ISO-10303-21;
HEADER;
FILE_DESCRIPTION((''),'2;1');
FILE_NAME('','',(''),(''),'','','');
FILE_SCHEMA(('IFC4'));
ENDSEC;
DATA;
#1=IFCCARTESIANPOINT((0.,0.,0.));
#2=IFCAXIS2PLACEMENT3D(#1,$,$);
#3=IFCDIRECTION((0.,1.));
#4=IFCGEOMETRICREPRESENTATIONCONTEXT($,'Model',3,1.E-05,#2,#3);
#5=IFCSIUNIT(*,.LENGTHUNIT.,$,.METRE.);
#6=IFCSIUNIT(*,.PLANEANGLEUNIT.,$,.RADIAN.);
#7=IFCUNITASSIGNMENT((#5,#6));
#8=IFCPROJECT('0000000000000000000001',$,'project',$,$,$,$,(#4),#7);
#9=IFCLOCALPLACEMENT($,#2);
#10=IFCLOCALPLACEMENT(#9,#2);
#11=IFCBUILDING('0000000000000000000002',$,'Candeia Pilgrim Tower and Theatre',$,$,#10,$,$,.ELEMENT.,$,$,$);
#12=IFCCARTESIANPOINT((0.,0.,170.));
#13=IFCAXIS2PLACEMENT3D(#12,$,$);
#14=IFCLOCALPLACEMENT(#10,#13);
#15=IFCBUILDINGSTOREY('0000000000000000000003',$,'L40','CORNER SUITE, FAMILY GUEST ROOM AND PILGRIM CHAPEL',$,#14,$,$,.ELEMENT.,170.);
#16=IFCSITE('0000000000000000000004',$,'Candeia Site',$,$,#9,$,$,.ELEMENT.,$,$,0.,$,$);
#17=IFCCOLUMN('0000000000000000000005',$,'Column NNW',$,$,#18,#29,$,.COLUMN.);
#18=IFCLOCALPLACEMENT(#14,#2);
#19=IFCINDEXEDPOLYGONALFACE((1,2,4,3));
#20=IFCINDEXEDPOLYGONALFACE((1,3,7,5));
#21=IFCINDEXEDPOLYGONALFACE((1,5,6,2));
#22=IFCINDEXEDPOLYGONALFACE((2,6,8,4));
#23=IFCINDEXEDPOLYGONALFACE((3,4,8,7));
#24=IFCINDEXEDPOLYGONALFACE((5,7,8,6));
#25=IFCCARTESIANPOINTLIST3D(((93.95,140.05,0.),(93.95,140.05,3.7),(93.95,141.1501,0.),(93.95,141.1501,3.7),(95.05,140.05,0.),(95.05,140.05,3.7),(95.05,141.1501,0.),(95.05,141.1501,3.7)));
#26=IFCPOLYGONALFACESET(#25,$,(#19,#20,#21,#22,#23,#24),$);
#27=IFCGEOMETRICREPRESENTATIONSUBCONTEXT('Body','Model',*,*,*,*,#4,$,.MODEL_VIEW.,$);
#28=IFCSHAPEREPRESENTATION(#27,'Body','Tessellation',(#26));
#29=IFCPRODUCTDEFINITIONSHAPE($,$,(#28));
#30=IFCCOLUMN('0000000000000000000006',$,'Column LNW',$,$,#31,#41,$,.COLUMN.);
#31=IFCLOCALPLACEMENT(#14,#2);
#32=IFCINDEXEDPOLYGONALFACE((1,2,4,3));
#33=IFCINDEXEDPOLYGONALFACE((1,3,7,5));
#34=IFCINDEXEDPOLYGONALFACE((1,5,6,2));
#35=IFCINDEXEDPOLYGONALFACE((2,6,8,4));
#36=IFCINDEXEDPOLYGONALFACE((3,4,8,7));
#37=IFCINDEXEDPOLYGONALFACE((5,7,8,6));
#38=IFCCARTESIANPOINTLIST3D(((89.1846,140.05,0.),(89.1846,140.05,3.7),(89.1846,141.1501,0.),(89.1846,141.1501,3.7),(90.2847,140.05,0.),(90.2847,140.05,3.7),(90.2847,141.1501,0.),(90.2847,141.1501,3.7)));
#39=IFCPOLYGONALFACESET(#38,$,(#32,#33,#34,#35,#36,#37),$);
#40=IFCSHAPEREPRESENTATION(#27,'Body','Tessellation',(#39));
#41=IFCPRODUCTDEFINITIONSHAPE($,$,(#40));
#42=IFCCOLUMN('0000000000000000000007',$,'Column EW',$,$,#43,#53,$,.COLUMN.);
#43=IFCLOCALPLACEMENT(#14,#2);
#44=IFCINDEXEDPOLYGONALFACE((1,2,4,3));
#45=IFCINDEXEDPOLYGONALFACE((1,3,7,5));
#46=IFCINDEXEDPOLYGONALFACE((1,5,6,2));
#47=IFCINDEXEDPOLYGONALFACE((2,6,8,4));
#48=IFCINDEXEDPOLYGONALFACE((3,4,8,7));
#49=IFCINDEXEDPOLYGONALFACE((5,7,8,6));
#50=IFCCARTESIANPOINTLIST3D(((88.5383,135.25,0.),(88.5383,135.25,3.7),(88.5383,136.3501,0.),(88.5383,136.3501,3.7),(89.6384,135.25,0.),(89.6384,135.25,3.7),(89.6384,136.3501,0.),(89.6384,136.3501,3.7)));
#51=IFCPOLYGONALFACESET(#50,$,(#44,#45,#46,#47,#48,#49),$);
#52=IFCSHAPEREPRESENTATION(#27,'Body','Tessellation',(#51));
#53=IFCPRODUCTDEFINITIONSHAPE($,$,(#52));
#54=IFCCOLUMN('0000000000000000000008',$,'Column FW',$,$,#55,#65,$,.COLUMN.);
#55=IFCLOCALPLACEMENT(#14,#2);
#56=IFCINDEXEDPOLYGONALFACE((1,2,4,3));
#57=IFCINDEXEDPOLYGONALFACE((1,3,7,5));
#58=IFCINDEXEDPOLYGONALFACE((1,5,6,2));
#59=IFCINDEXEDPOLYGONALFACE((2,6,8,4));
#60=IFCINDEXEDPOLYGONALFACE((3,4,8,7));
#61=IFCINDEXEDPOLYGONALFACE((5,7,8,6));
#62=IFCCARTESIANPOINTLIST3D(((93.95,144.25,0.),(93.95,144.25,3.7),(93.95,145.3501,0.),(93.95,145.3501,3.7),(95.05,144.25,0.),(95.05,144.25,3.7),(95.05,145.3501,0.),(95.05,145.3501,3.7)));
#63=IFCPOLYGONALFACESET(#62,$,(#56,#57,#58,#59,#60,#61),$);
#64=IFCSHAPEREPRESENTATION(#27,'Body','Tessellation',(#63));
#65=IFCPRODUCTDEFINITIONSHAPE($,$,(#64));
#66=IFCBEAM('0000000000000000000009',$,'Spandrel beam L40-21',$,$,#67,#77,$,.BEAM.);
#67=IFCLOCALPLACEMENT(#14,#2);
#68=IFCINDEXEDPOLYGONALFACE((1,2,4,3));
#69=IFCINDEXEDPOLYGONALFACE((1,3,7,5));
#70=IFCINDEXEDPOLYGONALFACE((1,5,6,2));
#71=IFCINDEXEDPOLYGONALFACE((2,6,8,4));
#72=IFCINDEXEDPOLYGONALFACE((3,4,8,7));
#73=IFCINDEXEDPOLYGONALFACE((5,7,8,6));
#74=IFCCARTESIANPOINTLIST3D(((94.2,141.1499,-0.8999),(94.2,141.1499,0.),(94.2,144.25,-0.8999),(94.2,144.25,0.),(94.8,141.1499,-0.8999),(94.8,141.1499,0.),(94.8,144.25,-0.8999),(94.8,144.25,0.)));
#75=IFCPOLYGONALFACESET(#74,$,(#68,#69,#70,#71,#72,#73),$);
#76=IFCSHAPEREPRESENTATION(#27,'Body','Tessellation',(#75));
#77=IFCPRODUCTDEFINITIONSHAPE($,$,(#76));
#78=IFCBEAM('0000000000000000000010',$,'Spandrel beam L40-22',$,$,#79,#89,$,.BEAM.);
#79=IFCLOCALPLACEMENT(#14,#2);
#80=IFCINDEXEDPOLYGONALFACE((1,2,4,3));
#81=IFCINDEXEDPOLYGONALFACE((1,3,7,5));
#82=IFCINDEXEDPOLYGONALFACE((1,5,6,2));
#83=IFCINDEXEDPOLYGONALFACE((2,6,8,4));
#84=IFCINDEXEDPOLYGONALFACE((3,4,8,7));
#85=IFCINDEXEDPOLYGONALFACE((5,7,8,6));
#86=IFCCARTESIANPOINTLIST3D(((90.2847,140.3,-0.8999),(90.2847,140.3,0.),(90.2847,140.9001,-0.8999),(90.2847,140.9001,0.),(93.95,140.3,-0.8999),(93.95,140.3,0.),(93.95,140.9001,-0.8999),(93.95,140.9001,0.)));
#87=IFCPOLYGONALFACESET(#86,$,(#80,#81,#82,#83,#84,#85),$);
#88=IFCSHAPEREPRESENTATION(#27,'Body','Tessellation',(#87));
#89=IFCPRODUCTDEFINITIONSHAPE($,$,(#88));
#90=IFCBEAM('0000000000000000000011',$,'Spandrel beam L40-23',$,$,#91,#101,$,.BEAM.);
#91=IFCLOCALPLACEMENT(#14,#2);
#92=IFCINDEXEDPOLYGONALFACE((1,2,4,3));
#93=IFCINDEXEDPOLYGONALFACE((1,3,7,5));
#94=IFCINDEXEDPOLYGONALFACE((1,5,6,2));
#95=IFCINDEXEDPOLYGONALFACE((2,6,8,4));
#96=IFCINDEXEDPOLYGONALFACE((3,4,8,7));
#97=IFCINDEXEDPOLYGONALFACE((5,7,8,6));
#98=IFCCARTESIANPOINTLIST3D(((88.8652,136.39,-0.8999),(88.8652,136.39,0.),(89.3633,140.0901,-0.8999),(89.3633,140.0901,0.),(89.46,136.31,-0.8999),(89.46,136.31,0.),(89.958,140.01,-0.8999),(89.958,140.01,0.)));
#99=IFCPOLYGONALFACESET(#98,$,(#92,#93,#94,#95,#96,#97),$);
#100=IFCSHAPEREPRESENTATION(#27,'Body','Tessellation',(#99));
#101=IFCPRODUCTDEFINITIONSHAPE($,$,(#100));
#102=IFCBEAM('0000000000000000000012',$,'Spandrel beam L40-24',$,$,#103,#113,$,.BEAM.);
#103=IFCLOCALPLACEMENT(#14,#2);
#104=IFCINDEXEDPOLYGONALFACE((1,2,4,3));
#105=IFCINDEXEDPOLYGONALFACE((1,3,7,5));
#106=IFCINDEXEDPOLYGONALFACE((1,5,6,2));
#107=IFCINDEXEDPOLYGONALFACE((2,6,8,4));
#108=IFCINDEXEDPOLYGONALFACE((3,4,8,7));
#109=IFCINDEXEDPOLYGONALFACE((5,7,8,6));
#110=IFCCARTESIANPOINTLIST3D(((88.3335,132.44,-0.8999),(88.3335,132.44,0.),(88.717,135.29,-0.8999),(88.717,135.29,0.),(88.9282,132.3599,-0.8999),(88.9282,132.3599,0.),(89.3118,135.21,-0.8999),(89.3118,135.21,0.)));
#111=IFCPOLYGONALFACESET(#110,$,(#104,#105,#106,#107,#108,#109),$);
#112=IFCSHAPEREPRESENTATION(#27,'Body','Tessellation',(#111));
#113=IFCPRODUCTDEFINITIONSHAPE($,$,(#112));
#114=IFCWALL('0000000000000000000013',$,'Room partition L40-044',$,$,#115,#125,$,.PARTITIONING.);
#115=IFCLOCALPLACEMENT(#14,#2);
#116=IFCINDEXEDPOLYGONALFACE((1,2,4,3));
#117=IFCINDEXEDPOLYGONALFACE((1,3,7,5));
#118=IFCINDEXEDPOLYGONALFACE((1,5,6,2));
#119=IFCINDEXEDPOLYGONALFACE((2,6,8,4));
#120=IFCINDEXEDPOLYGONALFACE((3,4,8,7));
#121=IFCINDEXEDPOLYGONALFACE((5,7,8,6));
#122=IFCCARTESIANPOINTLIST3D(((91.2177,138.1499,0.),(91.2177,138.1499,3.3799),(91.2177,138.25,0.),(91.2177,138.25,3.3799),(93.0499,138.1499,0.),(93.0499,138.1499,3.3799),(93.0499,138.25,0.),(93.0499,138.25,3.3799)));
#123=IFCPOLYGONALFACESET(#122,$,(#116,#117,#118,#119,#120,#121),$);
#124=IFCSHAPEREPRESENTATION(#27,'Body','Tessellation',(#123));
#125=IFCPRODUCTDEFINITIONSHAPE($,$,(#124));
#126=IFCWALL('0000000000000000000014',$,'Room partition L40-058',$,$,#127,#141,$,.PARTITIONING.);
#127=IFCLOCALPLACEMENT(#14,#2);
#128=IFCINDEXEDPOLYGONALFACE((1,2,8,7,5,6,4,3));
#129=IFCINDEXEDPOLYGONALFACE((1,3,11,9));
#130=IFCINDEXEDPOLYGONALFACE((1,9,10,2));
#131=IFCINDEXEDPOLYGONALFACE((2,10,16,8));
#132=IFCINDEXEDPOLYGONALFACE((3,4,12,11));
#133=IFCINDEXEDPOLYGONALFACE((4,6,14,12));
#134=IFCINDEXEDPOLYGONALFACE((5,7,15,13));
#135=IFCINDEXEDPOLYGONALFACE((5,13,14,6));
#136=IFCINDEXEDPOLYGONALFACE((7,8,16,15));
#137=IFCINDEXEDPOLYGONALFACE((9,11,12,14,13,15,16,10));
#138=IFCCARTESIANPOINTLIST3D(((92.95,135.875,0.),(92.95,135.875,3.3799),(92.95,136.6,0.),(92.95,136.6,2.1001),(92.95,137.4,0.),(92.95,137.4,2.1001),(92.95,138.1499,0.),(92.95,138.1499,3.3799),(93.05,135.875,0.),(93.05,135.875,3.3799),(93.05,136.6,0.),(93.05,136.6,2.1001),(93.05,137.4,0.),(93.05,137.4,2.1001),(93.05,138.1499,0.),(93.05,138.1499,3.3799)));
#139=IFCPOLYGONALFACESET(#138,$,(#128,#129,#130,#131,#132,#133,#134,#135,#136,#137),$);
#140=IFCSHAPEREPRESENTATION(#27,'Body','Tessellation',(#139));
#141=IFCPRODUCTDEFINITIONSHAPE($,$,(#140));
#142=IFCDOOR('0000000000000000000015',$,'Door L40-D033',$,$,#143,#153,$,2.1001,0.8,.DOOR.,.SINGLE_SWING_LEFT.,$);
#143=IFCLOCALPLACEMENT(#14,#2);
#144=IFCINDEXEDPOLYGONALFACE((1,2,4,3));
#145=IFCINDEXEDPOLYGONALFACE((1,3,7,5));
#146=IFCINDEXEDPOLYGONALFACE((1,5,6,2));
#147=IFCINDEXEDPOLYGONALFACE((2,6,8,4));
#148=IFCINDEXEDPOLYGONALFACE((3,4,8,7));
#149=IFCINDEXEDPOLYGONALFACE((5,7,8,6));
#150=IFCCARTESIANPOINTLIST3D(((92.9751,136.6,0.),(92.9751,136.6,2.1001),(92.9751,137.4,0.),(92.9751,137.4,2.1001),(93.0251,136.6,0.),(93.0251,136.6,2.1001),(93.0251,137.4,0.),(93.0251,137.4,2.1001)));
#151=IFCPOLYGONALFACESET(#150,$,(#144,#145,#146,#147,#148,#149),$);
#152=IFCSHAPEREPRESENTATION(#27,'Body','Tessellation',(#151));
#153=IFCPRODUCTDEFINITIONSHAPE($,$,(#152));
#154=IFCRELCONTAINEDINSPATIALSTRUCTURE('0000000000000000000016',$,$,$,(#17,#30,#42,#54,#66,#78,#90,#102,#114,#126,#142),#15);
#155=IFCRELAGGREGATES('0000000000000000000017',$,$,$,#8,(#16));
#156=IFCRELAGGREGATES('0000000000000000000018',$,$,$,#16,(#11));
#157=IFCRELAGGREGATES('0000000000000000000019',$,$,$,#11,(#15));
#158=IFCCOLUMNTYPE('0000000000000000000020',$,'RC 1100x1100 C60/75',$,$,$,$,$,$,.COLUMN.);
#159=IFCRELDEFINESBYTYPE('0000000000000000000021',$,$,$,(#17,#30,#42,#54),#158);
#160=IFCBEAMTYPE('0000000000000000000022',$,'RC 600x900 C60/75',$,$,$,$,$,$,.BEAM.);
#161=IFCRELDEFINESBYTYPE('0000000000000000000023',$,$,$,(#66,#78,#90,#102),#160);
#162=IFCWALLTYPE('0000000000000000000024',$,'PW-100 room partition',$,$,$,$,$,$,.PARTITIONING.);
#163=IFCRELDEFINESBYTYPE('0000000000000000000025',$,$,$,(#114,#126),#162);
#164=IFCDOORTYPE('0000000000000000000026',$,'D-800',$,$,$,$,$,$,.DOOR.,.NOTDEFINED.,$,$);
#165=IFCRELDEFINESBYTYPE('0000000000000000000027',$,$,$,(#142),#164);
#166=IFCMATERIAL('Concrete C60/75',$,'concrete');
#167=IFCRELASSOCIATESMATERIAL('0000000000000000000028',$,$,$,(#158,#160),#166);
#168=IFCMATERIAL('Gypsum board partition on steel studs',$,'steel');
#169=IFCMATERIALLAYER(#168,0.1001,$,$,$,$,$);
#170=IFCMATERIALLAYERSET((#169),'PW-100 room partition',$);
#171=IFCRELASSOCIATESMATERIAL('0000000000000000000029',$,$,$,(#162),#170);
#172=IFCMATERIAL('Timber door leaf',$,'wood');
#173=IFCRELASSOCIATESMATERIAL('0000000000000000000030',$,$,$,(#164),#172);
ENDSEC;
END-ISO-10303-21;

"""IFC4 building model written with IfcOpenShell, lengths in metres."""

from ifc_helpers import new_model, si_unit, direction, frame, frame_2d, origin, origin_2d, place, context, subcontext, project, spatial, rectangle, extrude, material, layer, layer_set, material_profile, profile_set, type_object, element, fill, save


model = new_model("IFC4")

# Units and contexts
model_context = context("Model", 3, precision=1e-05, world=origin(), true_north=direction((0.0, 1.0)))
body_context = subcontext(model_context, "Body", "Model", "MODEL_VIEW")
ifc_project = project(units=[si_unit("LENGTHUNIT", "METRE"), si_unit("PLANEANGLEUNIT", "RADIAN")], contexts=[model_context])

# Site, building, storey
site_placement = place(None, origin())
site = spatial("IfcSite", under=ifc_project, at=site_placement, Name="Candeia Site", CompositionType="ELEMENT", RefElevation=0.0)
building_placement = place(site_placement, origin())
building = spatial("IfcBuilding", under=site, at=building_placement, Name="Candeia Pilgrim Tower and Theatre", CompositionType="ELEMENT")
storey_placement = place(building_placement, frame((0.0, 0.0, 170.0)))
storey = spatial("IfcBuildingStorey", under=building, at=storey_placement, Name="L40", Description="CORNER SUITE, FAMILY GUEST ROOM AND PILGRIM CHAPEL", CompositionType="ELEMENT", Elevation=170.0)

# Columns
ifc_material_1 = material(Name="Concrete C60/75", Category="concrete")
ifc_material_profile_1 = material_profile(ifc_material_1, rectangle(XDim=1.1001, YDim=1.1001, at=origin_2d()))
ifc_profile_set_1 = profile_set([ifc_material_profile_1], Name="Concrete C60/75")
column_type = type_object("IfcColumnType", Name="RC 1100x1100 C60/75", PredefinedType="COLUMN", material=ifc_profile_set_1)
for number, where, z_axis, x_axis, name in (
    (1, (94.5, 140.6001, 0.0), (0.0, 0.0, 1.0), (1.0, 0.0, 0.0), "Column NNW"),
    (2, (89.7346, 140.6001, 0.0), (0.0, 0.0, 1.0), (1.0, 0.0, 0.0), "Column LNW"),
    (3, (89.0884, 135.8, 0.0), (0.0, 0.0, 1.0), (1.0, 0.0, 0.0), "Column EW"),
    (4, (94.5, 144.8, 0.0), (0.0, 0.0, 1.0), (1.0, 0.0, 0.0), "Column FW"),
):
    element("IfcColumn", number, at=place(storey_placement, frame(where, z_axis=z_axis, x_axis=x_axis)), inside=storey, type_object=column_type, Name=name, PredefinedType="COLUMN", context=body_context, shape_type="SweptSolid", body=[
        extrude(rectangle(XDim=1.1001, YDim=1.1001, at=origin_2d()), origin(), (0.0, 0.0, 1.0), 3.7),
    ])

# Beams
ifc_material_profile_2 = material_profile(ifc_material_1, rectangle(XDim=0.6001, YDim=0.8999, at=origin_2d()))
ifc_profile_set_2 = profile_set([ifc_material_profile_2], Name="Concrete C60/75")
beam_type = type_object("IfcBeamType", Name="RC 600x900 C60/75", PredefinedType="BEAM", material=ifc_profile_set_2)
beam_1_placement = place(storey_placement, frame((94.5, 144.25, -0.45), z_axis=(0.0, -1.0, 0.0), x_axis=(1.0, 0.0, 0.0)))
element("IfcBeam", 5, at=beam_1_placement, inside=storey, type_object=beam_type, Name="Spandrel beam L40-21", PredefinedType="BEAM", context=body_context, shape_type="SweptSolid", body=[
    extrude(rectangle(XDim=0.6001, YDim=0.8999, at=origin_2d()), origin(), (0.0, 0.0, 1.0), 3.1001),
])
beam_2_placement = place(storey_placement, frame((93.95, 140.6001, -0.45), z_axis=(-1.0, 0.0, 0.0), x_axis=(0.0, -1.0, 0.0)))
element("IfcBeam", 6, at=beam_2_placement, inside=storey, type_object=beam_type, Name="Spandrel beam L40-22", PredefinedType="BEAM", context=body_context, shape_type="SweptSolid", body=[
    extrude(rectangle(XDim=0.6001, YDim=0.8999, at=origin_2d()), origin(), (0.0, 0.0, 1.0), 3.6653),
])
beam_3_placement = place(storey_placement, frame((89.6606, 140.05, -0.45), z_axis=(-0.133406, -0.991061, 0.0), x_axis=(0.991061, -0.133406, 0.0)))
element("IfcBeam", 7, at=beam_3_placement, inside=storey, type_object=beam_type, Name="Spandrel beam L40-23", PredefinedType="BEAM", context=body_context, shape_type="SweptSolid", body=[
    extrude(rectangle(XDim=0.6001, YDim=0.8999, at=origin_2d()), origin(), (0.0, 0.0, 1.0), 3.7334),
])
beam_4_placement = place(storey_placement, frame((89.0144, 135.25, -0.45), z_axis=(-0.13337, -0.991066, 0.0), x_axis=(0.991066, -0.13337, 0.0)))
element("IfcBeam", 8, at=beam_4_placement, inside=storey, type_object=beam_type, Name="Spandrel beam L40-24", PredefinedType="BEAM", context=body_context, shape_type="SweptSolid", body=[
    extrude(rectangle(XDim=0.6001, YDim=0.8999, at=origin_2d()), origin(), (0.0, 0.0, 1.0), 2.8757),
])

# Wall
ifc_material_2 = material(Name="Gypsum board partition on steel studs", Category="steel")
ifc_layer_1 = layer(ifc_material_2, 0.1001)
ifc_layer_set_1 = layer_set([ifc_layer_1], Name="PW-100 room partition")
wall_type_1 = type_object("IfcWallType", Name="PW-100 room partition", PredefinedType="PARTITIONING", material=ifc_layer_set_1)
wall_1_placement = place(storey_placement, frame((91.2178, 138.2, 0.0), z_axis=(0.0, 0.0, 1.0), x_axis=(1.0, 0.0, 0.0)))
element("IfcWall", 9, at=wall_1_placement, inside=storey, type_object=wall_type_1, Name="Room partition L40-044", PredefinedType="PARTITIONING", context=body_context, shape_type="SweptSolid", body=[
    extrude(rectangle(XDim=1.8323, YDim=0.1001, at=frame_2d((0.916, 0.0))), origin(), (0.0, 0.0, 1.0), 3.3799),
])

# Wall, opening, door
wall_2_placement = place(storey_placement, frame((93.0, 135.875, 0.0), z_axis=(0.0, 0.0, 1.0), x_axis=(0.0, 1.0, 0.0)))
wall_2 = element("IfcWall", 10, at=wall_2_placement, inside=storey, type_object=wall_type_1, Name="Room partition L40-058", PredefinedType="PARTITIONING", context=body_context, shape_type="SweptSolid", body=[
    extrude(rectangle(XDim=2.2749, YDim=0.1001, at=frame_2d((1.1375, 0.0))), origin(), (0.0, 0.0, 1.0), 3.3799),
])
opening_1_placement = place(wall_2_placement, frame((0.7251, 0.0, 0.0)))
opening_1 = element("IfcOpeningElement", 11, at=opening_1_placement, cuts=wall_2, PredefinedType="OPENING", context=body_context, shape_type="SweptSolid", body=[
    extrude(rectangle(XDim=0.8, YDim=2.1001, at=frame_2d((0.3999, 1.05))), frame((0.0, 0.0601, 0.0), z_axis=(0.0, -1.0, 0.0), x_axis=(1.0, 0.0, 0.0)), (0.0, 0.0, 1.0), 0.1201),
])
ifc_material_3 = material(Name="Timber door leaf", Category="wood")
door_type_1 = type_object("IfcDoorType", Name="D-800", OperationType="NOTDEFINED", PredefinedType="DOOR", material=ifc_material_3)
door_1_placement = place(opening_1_placement, origin())
door_1 = element("IfcDoor", 12, at=door_1_placement, inside=storey, type_object=door_type_1, Name="Door L40-D033", OperationType="SINGLE_SWING_LEFT", OverallHeight=2.1001, OverallWidth=0.8, PredefinedType="DOOR", context=body_context, shape_type="SweptSolid", body=[
    extrude(rectangle(XDim=0.8, YDim=2.1001, at=frame_2d((0.3999, 1.05))), frame((0.0, 0.0249, 0.0), z_axis=(0.0, -1.0, 0.0), x_axis=(1.0, 0.0, 0.0)), (0.0, 0.0, 1.0), 0.05),
])
fill(opening_1, door_1)

save(model, "model.ifc")
